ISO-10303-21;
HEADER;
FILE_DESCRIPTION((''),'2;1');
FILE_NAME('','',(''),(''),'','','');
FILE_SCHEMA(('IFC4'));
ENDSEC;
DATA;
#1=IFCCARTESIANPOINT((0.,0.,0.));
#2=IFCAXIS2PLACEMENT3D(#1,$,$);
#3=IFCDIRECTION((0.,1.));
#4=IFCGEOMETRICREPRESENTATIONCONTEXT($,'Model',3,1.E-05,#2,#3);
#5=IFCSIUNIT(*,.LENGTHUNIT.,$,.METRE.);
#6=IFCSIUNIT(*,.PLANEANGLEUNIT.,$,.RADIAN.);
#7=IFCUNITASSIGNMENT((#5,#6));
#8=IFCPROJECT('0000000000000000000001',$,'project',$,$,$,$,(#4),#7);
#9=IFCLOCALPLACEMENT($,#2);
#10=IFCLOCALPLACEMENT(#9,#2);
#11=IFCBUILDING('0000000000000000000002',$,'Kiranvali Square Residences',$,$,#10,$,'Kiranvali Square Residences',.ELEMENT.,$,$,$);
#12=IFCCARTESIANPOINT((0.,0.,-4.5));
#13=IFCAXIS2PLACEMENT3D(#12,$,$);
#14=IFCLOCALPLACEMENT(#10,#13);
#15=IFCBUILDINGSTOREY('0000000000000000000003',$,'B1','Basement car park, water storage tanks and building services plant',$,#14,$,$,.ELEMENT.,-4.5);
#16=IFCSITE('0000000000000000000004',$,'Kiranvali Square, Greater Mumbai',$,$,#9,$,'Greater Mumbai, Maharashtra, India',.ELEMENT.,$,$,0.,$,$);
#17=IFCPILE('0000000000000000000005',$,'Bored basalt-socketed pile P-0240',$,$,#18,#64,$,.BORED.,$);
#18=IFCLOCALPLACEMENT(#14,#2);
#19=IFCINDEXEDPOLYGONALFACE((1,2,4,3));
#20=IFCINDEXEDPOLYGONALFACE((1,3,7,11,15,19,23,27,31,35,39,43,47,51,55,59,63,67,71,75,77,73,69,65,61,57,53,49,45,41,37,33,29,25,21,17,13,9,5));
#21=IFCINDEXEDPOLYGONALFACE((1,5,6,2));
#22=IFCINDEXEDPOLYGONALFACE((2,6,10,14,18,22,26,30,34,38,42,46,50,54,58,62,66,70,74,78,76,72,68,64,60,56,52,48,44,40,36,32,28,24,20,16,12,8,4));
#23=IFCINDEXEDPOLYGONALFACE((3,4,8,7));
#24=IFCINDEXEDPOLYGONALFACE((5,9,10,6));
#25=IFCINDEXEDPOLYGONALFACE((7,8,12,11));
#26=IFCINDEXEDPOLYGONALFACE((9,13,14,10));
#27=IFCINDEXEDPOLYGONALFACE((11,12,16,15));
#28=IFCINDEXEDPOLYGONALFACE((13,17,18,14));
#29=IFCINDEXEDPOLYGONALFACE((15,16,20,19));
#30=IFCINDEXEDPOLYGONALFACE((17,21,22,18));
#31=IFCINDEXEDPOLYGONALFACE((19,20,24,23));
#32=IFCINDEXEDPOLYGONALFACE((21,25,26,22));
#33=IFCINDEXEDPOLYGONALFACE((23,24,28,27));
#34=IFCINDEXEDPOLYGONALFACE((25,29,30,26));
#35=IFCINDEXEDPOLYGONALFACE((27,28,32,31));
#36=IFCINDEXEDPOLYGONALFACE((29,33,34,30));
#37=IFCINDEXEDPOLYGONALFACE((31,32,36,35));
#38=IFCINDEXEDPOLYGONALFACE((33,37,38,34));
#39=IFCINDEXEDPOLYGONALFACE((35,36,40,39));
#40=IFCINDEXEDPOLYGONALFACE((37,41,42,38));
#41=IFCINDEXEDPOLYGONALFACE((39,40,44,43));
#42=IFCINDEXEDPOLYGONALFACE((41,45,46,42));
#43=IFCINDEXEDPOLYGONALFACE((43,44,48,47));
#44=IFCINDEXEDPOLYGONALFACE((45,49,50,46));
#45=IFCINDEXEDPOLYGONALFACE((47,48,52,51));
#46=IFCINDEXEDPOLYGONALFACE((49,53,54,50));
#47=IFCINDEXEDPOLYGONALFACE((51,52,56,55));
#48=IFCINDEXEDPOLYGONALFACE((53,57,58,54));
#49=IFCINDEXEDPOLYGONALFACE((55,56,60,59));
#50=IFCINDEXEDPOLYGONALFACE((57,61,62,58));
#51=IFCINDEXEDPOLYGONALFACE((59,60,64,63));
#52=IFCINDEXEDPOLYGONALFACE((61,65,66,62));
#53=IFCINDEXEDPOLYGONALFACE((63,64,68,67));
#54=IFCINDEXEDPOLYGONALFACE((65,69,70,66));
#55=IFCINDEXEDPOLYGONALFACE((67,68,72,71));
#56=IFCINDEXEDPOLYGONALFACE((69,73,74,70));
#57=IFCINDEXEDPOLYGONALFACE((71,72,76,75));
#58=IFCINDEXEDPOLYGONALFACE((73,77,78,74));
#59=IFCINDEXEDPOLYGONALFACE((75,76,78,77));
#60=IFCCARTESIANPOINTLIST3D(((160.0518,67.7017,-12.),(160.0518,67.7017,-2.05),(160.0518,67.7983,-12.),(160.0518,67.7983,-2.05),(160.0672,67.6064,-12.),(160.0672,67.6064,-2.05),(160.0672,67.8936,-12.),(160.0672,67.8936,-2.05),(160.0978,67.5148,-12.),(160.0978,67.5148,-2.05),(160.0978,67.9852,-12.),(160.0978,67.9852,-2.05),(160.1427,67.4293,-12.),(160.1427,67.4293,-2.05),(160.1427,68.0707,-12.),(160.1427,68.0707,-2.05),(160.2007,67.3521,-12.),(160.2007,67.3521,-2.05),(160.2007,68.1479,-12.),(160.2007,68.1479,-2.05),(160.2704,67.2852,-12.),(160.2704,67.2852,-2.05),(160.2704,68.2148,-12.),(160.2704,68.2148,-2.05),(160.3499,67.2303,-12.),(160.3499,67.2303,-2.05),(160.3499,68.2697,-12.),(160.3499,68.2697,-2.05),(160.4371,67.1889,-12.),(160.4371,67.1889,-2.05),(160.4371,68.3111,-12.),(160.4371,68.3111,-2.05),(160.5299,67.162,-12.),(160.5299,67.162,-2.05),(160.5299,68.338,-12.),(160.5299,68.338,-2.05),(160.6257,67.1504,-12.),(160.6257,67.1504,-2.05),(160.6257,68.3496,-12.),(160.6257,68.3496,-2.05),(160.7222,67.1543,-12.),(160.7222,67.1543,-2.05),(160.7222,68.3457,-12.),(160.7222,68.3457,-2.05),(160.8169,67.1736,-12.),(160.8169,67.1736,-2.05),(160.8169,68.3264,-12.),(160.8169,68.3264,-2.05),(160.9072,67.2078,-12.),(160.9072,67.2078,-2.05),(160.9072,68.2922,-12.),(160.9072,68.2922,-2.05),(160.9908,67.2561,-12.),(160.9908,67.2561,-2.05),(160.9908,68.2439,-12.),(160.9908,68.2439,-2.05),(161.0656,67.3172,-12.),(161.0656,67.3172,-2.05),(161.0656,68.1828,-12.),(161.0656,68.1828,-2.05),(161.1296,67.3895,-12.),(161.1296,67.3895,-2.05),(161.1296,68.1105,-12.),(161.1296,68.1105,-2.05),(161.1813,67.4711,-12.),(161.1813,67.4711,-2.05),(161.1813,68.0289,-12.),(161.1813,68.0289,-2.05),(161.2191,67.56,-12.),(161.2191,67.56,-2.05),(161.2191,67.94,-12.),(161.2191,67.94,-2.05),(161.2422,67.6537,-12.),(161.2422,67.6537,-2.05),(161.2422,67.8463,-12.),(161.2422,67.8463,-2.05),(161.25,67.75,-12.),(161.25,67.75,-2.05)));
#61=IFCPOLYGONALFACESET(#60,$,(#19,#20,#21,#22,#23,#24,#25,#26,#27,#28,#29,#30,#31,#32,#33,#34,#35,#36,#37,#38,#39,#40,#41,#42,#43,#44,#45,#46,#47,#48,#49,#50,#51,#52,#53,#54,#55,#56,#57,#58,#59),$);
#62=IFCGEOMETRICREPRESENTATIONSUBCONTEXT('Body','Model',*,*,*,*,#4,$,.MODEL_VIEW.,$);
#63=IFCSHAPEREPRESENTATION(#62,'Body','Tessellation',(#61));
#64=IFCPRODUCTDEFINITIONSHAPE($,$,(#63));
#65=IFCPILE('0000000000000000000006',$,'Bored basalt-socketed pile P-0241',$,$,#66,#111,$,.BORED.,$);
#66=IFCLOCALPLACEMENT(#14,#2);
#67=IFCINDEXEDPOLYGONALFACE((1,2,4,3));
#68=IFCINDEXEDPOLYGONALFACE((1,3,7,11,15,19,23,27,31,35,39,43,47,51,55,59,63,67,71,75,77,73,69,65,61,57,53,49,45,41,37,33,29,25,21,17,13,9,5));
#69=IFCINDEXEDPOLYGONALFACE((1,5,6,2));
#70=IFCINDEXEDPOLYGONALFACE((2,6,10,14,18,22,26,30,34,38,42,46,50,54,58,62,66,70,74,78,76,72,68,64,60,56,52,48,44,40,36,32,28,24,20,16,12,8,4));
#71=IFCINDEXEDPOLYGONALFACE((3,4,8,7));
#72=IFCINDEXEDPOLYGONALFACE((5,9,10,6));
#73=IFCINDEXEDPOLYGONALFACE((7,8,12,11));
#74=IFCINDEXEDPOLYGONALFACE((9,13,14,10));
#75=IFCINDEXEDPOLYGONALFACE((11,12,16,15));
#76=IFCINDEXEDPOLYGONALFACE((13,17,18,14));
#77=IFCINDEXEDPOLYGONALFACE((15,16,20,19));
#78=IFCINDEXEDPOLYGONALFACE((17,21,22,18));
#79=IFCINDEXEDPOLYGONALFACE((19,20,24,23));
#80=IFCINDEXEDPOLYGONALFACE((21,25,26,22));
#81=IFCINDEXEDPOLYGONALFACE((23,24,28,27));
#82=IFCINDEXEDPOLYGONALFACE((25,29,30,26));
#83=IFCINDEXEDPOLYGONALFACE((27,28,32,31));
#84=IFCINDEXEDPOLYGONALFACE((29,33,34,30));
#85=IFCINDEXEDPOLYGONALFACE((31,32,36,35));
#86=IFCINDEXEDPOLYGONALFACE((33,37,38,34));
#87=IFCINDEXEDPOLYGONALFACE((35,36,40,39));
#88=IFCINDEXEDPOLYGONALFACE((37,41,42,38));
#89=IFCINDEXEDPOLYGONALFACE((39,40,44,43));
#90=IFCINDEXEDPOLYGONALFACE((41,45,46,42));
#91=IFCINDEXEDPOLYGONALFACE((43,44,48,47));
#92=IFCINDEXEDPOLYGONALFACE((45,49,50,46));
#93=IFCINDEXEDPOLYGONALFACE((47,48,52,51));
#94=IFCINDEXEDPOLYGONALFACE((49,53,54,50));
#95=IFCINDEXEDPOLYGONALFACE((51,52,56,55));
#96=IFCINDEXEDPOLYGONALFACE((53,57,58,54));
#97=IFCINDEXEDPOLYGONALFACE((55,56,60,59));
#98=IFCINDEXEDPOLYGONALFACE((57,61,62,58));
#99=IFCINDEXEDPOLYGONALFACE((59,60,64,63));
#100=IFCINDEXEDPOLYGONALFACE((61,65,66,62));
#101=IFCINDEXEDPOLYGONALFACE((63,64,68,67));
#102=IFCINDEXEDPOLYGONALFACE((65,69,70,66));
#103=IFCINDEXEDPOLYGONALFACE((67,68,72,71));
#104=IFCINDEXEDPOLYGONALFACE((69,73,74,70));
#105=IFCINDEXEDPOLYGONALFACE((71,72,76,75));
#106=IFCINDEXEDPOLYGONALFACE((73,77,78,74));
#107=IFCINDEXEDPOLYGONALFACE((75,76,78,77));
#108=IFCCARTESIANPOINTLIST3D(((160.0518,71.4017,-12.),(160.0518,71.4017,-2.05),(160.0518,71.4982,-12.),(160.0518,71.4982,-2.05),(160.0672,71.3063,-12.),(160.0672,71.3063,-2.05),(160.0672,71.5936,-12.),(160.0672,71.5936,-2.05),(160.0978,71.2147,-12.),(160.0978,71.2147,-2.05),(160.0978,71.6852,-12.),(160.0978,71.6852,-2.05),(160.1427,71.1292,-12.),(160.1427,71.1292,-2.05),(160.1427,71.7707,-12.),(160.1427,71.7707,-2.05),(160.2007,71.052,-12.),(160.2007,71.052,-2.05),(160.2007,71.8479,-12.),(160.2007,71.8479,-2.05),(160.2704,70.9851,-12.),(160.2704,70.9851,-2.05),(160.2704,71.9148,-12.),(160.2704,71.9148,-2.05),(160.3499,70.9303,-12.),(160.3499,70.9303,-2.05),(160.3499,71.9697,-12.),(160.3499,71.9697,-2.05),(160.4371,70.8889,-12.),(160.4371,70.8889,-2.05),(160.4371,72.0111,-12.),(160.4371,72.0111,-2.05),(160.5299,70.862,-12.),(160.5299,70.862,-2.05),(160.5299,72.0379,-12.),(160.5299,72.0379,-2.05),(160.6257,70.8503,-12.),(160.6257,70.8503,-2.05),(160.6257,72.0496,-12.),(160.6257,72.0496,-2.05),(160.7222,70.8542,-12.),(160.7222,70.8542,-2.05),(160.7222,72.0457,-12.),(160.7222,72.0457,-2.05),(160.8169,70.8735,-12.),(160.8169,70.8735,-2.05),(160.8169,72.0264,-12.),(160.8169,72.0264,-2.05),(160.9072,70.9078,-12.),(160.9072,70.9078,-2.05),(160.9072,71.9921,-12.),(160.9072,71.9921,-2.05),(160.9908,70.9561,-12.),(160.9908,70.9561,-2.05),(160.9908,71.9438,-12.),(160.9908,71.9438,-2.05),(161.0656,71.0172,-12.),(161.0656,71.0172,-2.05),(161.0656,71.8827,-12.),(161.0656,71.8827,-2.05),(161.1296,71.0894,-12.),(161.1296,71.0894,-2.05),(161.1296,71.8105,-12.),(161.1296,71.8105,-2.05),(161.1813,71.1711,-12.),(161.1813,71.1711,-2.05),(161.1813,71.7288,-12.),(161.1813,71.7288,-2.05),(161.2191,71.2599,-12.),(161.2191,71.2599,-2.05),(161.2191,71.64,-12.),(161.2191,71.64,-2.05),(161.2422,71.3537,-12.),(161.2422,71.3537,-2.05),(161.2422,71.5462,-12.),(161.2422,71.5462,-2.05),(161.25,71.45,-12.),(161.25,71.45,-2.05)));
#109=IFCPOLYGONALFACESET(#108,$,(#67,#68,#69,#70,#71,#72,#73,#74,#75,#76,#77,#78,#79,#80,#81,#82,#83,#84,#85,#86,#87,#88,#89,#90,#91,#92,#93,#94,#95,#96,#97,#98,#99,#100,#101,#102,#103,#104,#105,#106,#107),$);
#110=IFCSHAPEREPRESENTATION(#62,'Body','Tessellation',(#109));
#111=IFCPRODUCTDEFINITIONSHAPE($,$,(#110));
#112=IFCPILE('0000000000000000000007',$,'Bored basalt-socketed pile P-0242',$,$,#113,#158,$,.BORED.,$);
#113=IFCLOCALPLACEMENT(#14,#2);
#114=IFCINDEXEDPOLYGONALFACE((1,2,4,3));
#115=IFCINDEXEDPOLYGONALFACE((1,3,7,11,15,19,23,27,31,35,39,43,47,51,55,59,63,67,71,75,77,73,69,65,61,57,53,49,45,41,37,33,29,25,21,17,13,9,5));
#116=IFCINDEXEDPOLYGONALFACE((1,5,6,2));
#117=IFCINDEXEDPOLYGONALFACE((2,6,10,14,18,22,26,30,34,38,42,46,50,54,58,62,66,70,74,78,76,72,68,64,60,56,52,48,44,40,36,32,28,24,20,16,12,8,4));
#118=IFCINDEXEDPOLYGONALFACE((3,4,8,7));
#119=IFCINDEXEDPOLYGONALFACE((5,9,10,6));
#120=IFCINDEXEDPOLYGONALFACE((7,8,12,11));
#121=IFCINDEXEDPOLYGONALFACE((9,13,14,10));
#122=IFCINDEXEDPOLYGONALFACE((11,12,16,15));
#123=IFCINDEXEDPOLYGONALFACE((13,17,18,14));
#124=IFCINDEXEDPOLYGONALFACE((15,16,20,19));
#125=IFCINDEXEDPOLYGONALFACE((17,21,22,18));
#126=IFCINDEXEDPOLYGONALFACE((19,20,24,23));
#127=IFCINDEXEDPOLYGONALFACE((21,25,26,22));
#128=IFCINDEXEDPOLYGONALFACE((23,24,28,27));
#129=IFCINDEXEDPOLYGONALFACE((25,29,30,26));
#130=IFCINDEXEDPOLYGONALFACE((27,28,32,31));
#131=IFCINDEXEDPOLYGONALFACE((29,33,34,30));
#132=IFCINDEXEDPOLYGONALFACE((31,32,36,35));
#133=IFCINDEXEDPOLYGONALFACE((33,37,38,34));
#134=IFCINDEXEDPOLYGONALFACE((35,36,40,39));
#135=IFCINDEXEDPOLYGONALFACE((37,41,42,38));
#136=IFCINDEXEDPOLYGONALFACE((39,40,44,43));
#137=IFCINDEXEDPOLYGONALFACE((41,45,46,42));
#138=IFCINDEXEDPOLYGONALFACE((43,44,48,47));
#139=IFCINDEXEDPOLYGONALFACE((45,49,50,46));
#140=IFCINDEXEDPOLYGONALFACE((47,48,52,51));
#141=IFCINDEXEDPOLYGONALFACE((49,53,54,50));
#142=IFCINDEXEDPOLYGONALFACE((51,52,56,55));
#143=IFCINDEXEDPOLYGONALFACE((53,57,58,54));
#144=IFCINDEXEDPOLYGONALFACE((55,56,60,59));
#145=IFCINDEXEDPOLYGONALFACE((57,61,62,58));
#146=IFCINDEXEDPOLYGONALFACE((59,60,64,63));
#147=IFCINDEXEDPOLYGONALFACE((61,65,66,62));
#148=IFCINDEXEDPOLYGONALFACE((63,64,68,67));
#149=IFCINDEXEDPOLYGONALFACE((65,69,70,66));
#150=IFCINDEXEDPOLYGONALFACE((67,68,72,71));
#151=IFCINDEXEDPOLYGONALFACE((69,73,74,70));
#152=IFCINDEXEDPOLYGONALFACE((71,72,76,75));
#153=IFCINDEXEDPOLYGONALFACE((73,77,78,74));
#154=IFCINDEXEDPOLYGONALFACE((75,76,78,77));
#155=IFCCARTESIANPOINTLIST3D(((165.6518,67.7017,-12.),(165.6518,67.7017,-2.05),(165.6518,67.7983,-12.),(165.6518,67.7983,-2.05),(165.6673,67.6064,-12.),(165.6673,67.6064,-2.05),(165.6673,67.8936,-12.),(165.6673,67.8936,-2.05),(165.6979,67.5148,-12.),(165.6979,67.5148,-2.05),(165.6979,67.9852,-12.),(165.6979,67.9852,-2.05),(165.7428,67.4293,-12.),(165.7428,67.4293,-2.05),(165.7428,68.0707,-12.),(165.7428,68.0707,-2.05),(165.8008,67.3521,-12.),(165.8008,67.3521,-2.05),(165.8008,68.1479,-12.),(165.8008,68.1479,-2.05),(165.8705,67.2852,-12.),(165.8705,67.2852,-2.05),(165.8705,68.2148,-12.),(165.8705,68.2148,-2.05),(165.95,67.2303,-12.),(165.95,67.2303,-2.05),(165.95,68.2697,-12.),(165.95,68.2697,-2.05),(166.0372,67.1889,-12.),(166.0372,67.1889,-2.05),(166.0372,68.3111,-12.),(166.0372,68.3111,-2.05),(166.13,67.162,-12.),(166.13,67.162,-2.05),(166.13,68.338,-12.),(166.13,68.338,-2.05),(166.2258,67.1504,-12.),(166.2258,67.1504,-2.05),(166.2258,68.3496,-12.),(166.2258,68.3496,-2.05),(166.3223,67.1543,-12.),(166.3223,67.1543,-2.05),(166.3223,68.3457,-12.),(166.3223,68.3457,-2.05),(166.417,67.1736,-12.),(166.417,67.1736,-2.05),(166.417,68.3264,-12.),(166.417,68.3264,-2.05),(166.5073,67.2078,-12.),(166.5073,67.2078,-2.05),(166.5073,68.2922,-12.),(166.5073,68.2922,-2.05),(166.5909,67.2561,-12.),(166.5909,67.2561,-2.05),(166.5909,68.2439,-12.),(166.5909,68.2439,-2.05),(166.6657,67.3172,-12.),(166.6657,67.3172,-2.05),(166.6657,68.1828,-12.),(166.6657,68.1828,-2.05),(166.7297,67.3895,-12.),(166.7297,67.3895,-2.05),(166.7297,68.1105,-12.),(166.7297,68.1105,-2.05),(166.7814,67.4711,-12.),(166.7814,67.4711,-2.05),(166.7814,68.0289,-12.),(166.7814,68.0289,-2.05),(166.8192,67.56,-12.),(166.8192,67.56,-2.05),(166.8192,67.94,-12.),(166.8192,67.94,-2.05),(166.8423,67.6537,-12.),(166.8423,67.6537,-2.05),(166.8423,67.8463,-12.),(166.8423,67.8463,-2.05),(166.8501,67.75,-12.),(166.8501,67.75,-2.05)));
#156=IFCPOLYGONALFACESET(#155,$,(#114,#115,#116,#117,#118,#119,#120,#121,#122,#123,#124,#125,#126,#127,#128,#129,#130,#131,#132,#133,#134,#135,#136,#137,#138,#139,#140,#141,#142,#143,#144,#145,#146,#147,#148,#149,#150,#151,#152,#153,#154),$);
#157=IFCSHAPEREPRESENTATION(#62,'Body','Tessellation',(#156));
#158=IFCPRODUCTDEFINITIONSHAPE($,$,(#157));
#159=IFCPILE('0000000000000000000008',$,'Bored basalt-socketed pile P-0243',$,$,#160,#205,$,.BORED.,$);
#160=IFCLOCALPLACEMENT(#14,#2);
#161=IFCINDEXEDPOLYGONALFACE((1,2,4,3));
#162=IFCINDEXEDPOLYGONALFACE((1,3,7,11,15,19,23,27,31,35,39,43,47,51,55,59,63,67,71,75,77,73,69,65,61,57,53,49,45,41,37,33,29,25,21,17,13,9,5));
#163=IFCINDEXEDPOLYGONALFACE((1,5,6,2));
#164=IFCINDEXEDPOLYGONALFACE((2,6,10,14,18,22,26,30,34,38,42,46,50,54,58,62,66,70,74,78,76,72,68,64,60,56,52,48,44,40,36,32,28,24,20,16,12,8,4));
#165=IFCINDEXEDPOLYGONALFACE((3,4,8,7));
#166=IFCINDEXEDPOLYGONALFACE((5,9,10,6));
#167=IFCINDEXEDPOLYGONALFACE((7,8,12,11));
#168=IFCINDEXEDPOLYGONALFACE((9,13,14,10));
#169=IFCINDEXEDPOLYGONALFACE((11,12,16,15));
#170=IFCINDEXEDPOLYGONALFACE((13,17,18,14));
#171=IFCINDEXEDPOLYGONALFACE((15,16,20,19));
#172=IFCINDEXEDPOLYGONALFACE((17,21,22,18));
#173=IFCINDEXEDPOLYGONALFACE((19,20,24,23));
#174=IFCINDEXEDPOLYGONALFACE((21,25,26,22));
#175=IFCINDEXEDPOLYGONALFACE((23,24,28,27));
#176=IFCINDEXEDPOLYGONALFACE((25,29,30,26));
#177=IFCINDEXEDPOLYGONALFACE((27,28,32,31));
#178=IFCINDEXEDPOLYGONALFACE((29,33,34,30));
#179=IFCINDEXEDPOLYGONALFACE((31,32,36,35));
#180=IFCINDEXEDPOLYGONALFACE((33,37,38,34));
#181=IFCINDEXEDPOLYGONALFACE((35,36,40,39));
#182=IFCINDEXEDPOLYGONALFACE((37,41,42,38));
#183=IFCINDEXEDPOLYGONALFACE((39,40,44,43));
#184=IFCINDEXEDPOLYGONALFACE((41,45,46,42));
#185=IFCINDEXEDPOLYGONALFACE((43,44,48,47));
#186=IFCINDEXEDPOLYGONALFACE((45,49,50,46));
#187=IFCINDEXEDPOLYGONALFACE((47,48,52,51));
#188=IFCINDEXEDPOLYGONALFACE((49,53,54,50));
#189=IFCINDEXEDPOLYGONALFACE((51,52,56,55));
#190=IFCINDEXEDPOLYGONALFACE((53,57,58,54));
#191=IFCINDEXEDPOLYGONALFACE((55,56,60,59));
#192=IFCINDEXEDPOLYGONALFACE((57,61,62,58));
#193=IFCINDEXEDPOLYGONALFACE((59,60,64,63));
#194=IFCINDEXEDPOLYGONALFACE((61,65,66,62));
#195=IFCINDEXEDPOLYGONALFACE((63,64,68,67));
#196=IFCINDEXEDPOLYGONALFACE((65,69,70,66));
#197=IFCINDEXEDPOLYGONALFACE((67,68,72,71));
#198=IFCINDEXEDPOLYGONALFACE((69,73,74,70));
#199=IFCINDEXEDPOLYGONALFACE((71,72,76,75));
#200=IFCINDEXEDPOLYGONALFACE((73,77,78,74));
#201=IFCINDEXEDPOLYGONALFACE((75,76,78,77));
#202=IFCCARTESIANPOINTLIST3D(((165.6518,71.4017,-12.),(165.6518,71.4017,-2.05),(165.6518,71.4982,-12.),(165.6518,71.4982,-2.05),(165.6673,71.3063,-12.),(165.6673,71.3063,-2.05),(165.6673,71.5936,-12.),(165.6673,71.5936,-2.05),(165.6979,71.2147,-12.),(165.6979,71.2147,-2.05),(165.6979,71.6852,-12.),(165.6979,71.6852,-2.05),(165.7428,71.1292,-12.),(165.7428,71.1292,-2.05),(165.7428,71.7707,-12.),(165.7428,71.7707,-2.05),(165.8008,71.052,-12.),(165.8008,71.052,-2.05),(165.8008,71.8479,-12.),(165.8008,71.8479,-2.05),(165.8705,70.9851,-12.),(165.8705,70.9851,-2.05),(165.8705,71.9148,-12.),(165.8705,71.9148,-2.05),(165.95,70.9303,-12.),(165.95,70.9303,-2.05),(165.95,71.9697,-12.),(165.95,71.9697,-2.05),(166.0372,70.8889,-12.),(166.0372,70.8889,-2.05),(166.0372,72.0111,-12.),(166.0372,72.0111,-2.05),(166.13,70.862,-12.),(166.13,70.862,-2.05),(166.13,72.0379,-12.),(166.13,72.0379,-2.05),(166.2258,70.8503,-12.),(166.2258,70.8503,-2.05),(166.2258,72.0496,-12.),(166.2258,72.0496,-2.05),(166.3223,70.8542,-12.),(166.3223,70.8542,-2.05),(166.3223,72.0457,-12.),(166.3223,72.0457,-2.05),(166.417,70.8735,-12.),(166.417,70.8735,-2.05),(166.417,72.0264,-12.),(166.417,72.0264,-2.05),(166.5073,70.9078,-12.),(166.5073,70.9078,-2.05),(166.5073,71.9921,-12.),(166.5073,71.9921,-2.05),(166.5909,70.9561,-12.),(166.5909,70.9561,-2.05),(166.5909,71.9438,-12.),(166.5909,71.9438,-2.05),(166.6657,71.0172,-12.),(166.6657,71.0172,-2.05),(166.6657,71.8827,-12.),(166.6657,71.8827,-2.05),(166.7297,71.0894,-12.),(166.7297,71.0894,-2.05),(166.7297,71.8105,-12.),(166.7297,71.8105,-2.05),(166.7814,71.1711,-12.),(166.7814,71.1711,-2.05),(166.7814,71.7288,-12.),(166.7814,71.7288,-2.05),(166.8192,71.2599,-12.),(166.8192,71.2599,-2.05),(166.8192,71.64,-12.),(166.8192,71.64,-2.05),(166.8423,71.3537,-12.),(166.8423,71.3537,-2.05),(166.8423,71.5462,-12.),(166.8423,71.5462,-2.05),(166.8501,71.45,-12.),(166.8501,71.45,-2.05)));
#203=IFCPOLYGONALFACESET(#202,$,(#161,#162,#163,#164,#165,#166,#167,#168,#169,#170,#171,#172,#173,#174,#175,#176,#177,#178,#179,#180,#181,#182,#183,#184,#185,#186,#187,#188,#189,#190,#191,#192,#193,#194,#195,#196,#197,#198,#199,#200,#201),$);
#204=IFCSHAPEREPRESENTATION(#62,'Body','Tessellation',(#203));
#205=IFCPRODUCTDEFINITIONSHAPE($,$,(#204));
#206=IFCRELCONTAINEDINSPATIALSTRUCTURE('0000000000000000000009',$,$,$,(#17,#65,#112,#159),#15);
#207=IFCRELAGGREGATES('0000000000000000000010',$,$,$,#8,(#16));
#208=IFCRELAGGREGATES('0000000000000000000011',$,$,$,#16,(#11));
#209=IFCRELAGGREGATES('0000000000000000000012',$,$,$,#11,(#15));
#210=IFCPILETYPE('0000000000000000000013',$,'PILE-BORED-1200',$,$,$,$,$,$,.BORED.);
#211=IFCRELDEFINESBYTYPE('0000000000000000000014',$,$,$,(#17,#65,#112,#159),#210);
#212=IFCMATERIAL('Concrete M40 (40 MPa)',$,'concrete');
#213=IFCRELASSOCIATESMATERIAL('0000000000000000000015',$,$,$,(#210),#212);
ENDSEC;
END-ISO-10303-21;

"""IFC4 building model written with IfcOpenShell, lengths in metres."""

from ifc_helpers import new_model, si_unit, direction, frame, origin, origin_2d, place, context, subcontext, project, spatial, circle, extrude, material, material_profile, profile_set, type_object, element, save


model = new_model("IFC4")

# Units and contexts
model_context = context("Model", 3, precision=1e-05, world=origin(), true_north=direction((0.0, 1.0)))
body_context = subcontext(model_context, "Body", "Model", "MODEL_VIEW")
ifc_project = project(units=[si_unit("LENGTHUNIT", "METRE"), si_unit("PLANEANGLEUNIT", "RADIAN")], contexts=[model_context])

# Site, building, storey
site_placement = place(None, origin())
site = spatial("IfcSite", under=ifc_project, at=site_placement, Name="Kiranvali Square, Greater Mumbai", LongName="Greater Mumbai, Maharashtra, India", CompositionType="ELEMENT", RefElevation=0.0)
building_placement = place(site_placement, origin())
building = spatial("IfcBuilding", under=site, at=building_placement, Name="Kiranvali Square Residences", LongName="Kiranvali Square Residences", CompositionType="ELEMENT")
storey_placement = place(building_placement, frame((0.0, 0.0, -4.5)))
storey = spatial("IfcBuildingStorey", under=building, at=storey_placement, Name="B1", Description="Basement car park, water storage tanks and building services plant", CompositionType="ELEMENT", Elevation=-4.5)

# Shared definitions
ifc_material_1 = material(Name="Concrete M40 (40 MPa)", Category="concrete")

# Piles
ifc_material_profile_1 = material_profile(ifc_material_1, circle(Radius=0.6001, at=origin_2d()), Name="BORED PILE 1200")
ifc_profile_set_1 = profile_set([ifc_material_profile_1], Name="Concrete M40 (40 MPa)")
pile_type = type_object("IfcPileType", Name="PILE-BORED-1200", PredefinedType="BORED", material=ifc_profile_set_1)
for number, where, z_axis, x_axis, name in (
    (1, (160.6499, 67.75, -2.05), (0.0, 0.0, -1.0), (1.0, 0.0, 0.0), "Bored basalt-socketed pile P-0240"),
    (2, (160.6499, 71.45, -2.05), (0.0, 0.0, -1.0), (1.0, 0.0, 0.0), "Bored basalt-socketed pile P-0241"),
    (3, (166.25, 67.75, -2.05), (0.0, 0.0, -1.0), (1.0, 0.0, 0.0), "Bored basalt-socketed pile P-0242"),
    (4, (166.25, 71.45, -2.05), (0.0, 0.0, -1.0), (1.0, 0.0, 0.0), "Bored basalt-socketed pile P-0243"),
):
    element("IfcPile", number, at=place(storey_placement, frame(where, z_axis=z_axis, x_axis=x_axis)), inside=storey, type_object=pile_type, Name=name, PredefinedType="BORED", context=body_context, shape_type="SweptSolid", body=[
        extrude(circle(Radius=0.6001, at=origin_2d()), origin(), (0.0, 0.0, 1.0), 9.95),
    ])

save(model, "model.ifc")
